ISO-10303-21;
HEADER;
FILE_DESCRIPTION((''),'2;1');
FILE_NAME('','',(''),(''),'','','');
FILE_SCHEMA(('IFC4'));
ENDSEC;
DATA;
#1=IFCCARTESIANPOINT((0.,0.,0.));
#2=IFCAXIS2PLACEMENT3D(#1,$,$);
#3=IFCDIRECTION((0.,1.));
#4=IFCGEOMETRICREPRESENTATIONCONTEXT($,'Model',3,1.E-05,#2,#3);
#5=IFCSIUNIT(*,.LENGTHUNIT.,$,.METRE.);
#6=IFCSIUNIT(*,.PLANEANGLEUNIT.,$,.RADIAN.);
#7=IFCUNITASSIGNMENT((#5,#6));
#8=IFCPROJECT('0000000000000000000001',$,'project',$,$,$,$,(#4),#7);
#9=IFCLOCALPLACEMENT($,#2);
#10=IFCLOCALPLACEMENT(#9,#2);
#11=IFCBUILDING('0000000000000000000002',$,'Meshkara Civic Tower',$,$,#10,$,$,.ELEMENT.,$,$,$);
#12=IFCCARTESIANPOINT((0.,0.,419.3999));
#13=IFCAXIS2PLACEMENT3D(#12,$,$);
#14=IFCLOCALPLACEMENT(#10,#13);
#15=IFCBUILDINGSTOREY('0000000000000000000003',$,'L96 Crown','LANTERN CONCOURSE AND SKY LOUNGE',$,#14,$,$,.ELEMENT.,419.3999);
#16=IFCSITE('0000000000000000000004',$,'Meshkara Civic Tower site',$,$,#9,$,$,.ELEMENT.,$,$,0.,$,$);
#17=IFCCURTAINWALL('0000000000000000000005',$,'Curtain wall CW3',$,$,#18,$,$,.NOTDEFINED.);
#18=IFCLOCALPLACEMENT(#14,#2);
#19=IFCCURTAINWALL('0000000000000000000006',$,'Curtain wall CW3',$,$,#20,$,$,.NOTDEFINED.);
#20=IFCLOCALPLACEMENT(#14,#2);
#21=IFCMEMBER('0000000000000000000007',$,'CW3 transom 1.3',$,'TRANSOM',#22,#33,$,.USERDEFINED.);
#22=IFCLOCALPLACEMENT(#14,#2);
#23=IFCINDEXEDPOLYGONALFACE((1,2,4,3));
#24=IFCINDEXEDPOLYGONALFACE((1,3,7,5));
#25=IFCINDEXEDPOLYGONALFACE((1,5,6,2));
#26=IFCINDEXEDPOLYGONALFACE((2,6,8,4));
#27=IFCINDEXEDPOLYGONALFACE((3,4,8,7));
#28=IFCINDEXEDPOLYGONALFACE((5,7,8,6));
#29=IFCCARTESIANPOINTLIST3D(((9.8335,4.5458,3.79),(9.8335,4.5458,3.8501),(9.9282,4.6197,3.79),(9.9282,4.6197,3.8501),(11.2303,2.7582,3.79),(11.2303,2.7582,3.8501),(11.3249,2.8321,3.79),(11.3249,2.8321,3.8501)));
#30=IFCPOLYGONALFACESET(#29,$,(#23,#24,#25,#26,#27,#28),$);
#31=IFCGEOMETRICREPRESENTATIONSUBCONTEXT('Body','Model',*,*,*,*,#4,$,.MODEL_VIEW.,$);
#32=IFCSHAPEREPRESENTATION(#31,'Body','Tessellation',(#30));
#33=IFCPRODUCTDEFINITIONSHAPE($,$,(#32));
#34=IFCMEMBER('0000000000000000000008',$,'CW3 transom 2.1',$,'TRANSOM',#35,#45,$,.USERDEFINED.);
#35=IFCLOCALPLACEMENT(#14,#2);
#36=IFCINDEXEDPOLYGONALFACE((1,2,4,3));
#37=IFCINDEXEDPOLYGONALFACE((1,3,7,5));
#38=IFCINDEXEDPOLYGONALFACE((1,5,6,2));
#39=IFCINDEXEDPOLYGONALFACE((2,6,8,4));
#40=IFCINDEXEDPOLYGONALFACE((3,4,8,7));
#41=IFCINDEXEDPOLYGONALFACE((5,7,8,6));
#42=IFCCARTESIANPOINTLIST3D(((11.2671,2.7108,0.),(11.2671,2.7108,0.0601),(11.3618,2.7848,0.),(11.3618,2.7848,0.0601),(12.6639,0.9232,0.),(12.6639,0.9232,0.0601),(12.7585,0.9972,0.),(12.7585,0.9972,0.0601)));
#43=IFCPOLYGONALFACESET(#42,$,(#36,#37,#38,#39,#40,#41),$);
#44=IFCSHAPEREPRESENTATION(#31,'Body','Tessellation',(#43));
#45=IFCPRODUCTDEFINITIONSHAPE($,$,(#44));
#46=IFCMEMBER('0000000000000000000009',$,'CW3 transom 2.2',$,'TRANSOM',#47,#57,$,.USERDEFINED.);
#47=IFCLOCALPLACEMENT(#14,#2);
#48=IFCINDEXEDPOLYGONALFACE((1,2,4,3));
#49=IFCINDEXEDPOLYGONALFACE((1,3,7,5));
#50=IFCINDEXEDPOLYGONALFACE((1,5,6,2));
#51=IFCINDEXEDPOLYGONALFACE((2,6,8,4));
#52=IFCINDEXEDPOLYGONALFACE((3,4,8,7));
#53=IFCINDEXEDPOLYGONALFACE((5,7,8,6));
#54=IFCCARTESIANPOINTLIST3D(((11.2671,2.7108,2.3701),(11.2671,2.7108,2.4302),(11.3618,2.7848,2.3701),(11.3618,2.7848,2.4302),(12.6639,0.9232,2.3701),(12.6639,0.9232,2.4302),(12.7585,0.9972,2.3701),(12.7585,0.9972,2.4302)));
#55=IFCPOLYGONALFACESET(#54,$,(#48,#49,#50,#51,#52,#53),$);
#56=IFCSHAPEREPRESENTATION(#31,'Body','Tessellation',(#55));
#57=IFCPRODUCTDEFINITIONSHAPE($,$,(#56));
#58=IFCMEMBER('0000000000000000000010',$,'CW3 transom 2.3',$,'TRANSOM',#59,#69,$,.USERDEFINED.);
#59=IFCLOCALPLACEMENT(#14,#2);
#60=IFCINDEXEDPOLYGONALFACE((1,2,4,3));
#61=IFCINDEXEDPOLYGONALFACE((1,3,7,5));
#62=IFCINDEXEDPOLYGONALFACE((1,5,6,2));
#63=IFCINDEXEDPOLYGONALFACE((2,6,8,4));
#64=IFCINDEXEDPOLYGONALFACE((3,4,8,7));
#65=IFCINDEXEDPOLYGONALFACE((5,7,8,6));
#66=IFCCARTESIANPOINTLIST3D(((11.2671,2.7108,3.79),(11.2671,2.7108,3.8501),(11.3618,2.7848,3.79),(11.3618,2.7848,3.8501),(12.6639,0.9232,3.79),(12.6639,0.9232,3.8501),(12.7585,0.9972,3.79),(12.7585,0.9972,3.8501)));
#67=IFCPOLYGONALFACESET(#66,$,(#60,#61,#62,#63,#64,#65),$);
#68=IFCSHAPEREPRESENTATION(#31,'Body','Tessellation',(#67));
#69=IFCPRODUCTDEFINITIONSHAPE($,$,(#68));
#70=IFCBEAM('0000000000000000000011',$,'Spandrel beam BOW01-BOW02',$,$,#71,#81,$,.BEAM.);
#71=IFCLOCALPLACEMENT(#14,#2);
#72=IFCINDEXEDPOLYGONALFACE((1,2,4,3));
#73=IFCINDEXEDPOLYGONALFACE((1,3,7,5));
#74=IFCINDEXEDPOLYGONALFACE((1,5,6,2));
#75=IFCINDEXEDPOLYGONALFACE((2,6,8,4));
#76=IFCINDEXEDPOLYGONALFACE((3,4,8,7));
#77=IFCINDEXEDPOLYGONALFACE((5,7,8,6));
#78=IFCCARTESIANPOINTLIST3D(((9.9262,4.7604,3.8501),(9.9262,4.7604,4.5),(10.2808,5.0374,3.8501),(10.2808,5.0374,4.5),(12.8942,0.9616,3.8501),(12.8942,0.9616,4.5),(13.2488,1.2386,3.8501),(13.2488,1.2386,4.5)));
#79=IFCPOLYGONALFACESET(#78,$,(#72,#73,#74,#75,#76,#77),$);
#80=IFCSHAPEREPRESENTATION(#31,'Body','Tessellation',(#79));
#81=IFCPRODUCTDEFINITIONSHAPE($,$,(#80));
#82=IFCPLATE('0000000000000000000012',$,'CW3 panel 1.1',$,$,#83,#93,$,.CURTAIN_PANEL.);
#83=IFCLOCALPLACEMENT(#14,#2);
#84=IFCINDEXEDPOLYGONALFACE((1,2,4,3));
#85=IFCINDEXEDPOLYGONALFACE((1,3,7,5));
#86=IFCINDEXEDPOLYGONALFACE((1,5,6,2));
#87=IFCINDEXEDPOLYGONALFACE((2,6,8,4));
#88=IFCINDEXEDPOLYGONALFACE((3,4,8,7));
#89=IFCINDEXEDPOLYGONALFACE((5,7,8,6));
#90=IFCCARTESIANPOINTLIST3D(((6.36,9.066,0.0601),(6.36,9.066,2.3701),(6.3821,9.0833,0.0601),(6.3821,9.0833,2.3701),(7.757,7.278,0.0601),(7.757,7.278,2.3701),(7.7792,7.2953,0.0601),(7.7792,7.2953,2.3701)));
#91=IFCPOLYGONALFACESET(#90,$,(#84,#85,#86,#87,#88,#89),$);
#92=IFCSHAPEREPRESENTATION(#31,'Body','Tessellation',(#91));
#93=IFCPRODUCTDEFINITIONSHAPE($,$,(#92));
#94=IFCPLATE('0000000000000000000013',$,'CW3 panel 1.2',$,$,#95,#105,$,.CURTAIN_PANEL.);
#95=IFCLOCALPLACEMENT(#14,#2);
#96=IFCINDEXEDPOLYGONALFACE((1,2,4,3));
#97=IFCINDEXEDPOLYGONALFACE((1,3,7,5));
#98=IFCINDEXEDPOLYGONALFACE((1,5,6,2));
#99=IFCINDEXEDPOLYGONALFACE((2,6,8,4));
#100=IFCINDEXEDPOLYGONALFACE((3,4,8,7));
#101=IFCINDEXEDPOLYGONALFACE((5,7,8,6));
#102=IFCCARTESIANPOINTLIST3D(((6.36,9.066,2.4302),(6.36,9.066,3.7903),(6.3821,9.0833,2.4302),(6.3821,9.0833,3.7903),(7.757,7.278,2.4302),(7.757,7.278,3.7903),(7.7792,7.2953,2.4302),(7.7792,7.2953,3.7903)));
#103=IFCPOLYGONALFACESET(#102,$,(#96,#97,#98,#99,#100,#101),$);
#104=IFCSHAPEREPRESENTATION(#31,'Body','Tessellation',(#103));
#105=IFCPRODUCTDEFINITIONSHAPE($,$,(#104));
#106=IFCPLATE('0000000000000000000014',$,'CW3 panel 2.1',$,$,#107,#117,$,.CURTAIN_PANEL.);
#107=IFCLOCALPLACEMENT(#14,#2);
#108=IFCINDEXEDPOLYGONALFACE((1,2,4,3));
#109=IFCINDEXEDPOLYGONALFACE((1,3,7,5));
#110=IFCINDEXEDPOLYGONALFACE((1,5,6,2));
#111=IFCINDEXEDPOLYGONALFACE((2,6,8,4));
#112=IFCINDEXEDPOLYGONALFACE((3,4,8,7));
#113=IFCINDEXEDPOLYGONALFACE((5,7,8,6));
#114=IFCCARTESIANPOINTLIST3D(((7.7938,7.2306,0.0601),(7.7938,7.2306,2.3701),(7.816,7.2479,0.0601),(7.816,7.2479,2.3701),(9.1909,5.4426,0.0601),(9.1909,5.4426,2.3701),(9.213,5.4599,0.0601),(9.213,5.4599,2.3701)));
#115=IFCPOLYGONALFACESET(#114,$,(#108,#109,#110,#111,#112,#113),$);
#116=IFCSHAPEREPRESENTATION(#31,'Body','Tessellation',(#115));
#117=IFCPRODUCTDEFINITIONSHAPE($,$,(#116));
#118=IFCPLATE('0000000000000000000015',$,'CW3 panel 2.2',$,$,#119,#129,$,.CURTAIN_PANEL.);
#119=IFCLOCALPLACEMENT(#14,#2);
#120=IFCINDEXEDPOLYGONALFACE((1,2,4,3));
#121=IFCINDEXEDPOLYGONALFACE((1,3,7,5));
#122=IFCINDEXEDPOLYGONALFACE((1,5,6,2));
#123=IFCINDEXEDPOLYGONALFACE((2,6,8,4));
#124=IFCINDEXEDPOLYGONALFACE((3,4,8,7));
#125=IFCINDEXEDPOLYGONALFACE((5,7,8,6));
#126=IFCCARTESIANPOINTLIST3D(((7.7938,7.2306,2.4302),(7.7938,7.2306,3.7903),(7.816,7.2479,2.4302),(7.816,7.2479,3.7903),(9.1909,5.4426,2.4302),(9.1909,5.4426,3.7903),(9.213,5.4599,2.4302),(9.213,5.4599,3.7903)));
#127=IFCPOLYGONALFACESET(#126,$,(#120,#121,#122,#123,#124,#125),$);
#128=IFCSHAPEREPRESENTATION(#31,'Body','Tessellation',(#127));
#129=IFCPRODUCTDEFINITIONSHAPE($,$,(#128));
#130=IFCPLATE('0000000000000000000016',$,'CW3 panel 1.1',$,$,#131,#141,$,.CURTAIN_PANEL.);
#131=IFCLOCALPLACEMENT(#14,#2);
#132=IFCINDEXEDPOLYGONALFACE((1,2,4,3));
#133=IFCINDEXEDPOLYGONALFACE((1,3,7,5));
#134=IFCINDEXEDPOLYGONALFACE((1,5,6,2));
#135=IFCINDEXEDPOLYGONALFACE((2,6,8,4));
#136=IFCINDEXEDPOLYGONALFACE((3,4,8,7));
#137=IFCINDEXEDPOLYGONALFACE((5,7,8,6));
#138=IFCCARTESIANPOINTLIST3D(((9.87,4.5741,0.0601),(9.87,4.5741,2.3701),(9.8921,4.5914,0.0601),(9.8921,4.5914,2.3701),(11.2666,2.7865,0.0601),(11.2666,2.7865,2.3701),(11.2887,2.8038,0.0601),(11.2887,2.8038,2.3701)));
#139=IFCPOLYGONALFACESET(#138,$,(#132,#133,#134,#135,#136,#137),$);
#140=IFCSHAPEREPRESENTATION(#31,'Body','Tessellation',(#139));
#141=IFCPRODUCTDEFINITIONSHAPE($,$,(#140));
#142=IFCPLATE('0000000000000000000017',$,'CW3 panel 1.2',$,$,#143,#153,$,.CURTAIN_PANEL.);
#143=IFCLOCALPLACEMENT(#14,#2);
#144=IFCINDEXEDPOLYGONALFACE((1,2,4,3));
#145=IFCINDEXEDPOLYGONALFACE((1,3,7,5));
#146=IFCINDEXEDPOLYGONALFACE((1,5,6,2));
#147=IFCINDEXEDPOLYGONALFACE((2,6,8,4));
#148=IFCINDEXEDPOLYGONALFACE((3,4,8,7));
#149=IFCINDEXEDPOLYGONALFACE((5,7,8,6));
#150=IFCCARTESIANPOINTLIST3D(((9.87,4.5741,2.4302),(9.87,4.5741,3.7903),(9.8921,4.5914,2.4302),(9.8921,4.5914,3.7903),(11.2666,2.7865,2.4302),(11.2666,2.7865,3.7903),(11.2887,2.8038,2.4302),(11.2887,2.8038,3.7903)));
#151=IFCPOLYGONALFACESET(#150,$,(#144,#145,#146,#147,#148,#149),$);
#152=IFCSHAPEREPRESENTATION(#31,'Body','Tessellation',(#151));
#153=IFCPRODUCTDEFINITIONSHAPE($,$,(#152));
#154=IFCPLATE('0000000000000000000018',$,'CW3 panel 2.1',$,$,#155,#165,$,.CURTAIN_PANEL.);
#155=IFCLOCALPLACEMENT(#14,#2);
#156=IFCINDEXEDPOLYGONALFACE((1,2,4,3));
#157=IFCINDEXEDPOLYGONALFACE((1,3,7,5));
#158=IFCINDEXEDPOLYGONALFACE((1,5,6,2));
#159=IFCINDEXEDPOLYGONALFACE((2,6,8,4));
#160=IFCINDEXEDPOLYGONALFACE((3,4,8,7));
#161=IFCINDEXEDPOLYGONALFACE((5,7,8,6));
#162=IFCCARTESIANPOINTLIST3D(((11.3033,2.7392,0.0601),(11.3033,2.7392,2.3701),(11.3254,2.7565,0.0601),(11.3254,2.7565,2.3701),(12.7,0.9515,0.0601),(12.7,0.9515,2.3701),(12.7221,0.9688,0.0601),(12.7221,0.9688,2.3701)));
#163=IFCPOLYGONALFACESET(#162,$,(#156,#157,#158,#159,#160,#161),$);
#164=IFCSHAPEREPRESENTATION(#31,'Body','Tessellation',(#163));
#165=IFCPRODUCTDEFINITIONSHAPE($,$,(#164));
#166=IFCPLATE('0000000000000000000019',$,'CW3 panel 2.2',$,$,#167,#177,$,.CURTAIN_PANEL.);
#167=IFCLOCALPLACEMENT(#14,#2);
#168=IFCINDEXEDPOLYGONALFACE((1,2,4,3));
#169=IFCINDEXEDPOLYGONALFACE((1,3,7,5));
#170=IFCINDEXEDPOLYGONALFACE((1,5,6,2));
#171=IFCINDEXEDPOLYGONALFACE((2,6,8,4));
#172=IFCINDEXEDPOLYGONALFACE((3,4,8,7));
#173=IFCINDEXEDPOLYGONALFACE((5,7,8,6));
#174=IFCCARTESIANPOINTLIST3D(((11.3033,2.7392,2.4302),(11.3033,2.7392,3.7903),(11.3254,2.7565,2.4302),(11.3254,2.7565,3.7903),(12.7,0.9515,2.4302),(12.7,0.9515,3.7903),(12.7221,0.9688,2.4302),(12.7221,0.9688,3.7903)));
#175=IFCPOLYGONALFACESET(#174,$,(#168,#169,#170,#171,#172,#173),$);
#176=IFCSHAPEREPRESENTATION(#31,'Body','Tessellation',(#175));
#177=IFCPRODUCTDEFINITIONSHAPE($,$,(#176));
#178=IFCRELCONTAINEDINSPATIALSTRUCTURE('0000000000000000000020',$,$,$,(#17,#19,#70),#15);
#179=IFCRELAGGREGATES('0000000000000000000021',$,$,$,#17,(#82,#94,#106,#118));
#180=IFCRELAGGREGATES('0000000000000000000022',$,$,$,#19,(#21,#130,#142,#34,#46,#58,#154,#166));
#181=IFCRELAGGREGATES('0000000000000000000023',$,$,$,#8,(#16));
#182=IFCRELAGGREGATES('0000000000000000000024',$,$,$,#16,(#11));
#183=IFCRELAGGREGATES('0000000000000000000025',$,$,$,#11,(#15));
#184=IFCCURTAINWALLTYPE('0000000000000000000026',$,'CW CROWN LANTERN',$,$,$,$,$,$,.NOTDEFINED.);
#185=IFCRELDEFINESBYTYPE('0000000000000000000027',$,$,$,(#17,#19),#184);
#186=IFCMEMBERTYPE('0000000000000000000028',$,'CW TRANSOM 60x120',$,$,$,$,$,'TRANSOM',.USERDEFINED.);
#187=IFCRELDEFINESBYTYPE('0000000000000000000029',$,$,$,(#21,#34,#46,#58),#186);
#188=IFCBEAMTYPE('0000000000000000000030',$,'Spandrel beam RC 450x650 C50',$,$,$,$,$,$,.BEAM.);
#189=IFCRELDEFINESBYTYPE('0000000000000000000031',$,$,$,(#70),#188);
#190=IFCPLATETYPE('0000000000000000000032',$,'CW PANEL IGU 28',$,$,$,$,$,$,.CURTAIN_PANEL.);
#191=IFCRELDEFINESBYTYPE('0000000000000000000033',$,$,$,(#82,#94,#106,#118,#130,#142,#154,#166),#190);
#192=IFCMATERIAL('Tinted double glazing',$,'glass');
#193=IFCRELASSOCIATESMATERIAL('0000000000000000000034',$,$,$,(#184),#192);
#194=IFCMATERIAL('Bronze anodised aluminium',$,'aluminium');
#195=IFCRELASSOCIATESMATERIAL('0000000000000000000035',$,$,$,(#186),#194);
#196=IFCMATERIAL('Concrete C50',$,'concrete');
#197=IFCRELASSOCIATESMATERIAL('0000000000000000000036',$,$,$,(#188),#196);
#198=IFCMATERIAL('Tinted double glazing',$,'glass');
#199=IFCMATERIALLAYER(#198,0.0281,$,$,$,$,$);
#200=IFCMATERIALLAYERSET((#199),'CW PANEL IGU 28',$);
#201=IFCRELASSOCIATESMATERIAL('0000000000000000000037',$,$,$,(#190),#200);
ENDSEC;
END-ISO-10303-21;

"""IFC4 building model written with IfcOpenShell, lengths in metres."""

from ifc_helpers import new_model, si_unit, direction, frame, origin, origin_2d, place, context, subcontext, project, spatial, rectangle, extrude, material, layer, layer_set, material_profile, profile_set, type_object, element, aggregate, save


model = new_model("IFC4")

# Units and contexts
model_context = context("Model", 3, precision=1e-05, world=origin(), true_north=direction((0.0, 1.0)))
body_context = subcontext(model_context, "Body", "Model", "MODEL_VIEW")
ifc_project = project(units=[si_unit("LENGTHUNIT", "METRE"), si_unit("PLANEANGLEUNIT", "RADIAN")], contexts=[model_context])

# Site, building, storey
site_placement = place(None, origin())
site = spatial("IfcSite", under=ifc_project, at=site_placement, Name="Meshkara Civic Tower site", CompositionType="ELEMENT", RefElevation=0.0)
building_placement = place(site_placement, origin())
building = spatial("IfcBuilding", under=site, at=building_placement, Name="Meshkara Civic Tower", CompositionType="ELEMENT")
storey_placement = place(building_placement, frame((0.0, 0.0, 419.3999)))
storey = spatial("IfcBuildingStorey", under=building, at=storey_placement, Name="L96 Crown", Description="LANTERN CONCOURSE AND SKY LOUNGE", CompositionType="ELEMENT", Elevation=419.3999)

# Curtain walls
ifc_material_1 = material(Name="Tinted double glazing", Category="glass")
curtain_wall_type = type_object("IfcCurtainWallType", Name="CW CROWN LANTERN", PredefinedType="NOTDEFINED", material=ifc_material_1)
curtain_wall_1_placement = place(storey_placement, origin())
curtain_wall_1 = element("IfcCurtainWall", 1, at=curtain_wall_1_placement, inside=storey, type_object=curtain_wall_type, Name="Curtain wall CW3", PredefinedType="NOTDEFINED")
curtain_wall_2_placement = place(storey_placement, origin())
curtain_wall_2 = element("IfcCurtainWall", 2, at=curtain_wall_2_placement, inside=storey, type_object=curtain_wall_type, Name="Curtain wall CW3", PredefinedType="NOTDEFINED")

# Members
ifc_material_2 = material(Name="Bronze anodised aluminium", Category="aluminium")
ifc_material_profile_1 = material_profile(ifc_material_2, rectangle(XDim=0.1201, YDim=0.0601, at=origin_2d()))
ifc_profile_set_1 = profile_set([ifc_material_profile_1], Name="Bronze anodised aluminium")
member_type_1 = type_object("IfcMemberType", Name="CW TRANSOM 60x120", ElementType="TRANSOM", PredefinedType="USERDEFINED", material=ifc_profile_set_1)
member_1_placement = place(storey_placement, frame((9.8809, 4.5828, 3.8201), z_axis=(0.61569, -0.787988, 0.0), x_axis=(0.787988, 0.61569, 0.0)))
member_1 = element("IfcMember", 3, at=member_1_placement, type_object=member_type_1, Name="CW3 transom 1.3", ObjectType="TRANSOM", PredefinedType="USERDEFINED", context=body_context, shape_type="SweptSolid", body=[
    extrude(rectangle(XDim=0.1201, YDim=0.0601, at=origin_2d()), origin(), (0.0, 0.0, 1.0), 2.2686),
])
member_2_placement = place(storey_placement, frame((11.3145, 2.7478, 0.03), z_axis=(0.61569, -0.787988, 0.0), x_axis=(0.787988, 0.61569, 0.0)))
member_2 = element("IfcMember", 4, at=member_2_placement, type_object=member_type_1, Name="CW3 transom 2.1", ObjectType="TRANSOM", PredefinedType="USERDEFINED", context=body_context, shape_type="SweptSolid", body=[
    extrude(rectangle(XDim=0.1201, YDim=0.0601, at=origin_2d()), origin(), (0.0, 0.0, 1.0), 2.2686),
])
member_3_placement = place(storey_placement, frame((11.3145, 2.7478, 2.4001), z_axis=(0.61569, -0.787988, 0.0), x_axis=(0.787988, 0.61569, 0.0)))
member_3 = element("IfcMember", 5, at=member_3_placement, type_object=member_type_1, Name="CW3 transom 2.2", ObjectType="TRANSOM", PredefinedType="USERDEFINED", context=body_context, shape_type="SweptSolid", body=[
    extrude(rectangle(XDim=0.1201, YDim=0.0601, at=origin_2d()), origin(), (0.0, 0.0, 1.0), 2.2686),
])
member_4_placement = place(storey_placement, frame((11.3145, 2.7478, 3.8201), z_axis=(0.61569, -0.787988, 0.0), x_axis=(0.787988, 0.61569, 0.0)))
member_4 = element("IfcMember", 6, at=member_4_placement, type_object=member_type_1, Name="CW3 transom 2.3", ObjectType="TRANSOM", PredefinedType="USERDEFINED", context=body_context, shape_type="SweptSolid", body=[
    extrude(rectangle(XDim=0.1201, YDim=0.0601, at=origin_2d()), origin(), (0.0, 0.0, 1.0), 2.2686),
])

# Beam
ifc_material_3 = material(Name="Concrete C50", Category="concrete")
ifc_material_profile_2 = material_profile(ifc_material_3, rectangle(XDim=0.45, YDim=0.6499, at=origin_2d()))
ifc_profile_set_2 = profile_set([ifc_material_profile_2], Name="Concrete C50")
beam_type = type_object("IfcBeamType", Name="Spandrel beam RC 450x650 C50", PredefinedType="BEAM", material=ifc_profile_set_2)
beam_placement = place(storey_placement, frame((10.1035, 4.8989, 4.175), z_axis=(0.615668, -0.788006, 0.0), x_axis=(0.788006, 0.615668, 0.0)))
element("IfcBeam", 7, at=beam_placement, inside=storey, type_object=beam_type, Name="Spandrel beam BOW01-BOW02", PredefinedType="BEAM", context=body_context, shape_type="SweptSolid", body=[
    extrude(rectangle(XDim=0.45, YDim=0.6499, at=origin_2d()), origin(), (0.0, 0.0, 1.0), 4.8208),
])

# Plates
ifc_material_4 = material(Name="Tinted double glazing", Category="glass")
ifc_layer_1 = layer(ifc_material_4, 0.0281)
ifc_layer_set_1 = layer_set([ifc_layer_1], Name="CW PANEL IGU 28")
plate_type = type_object("IfcPlateType", Name="CW PANEL IGU 28", PredefinedType="CURTAIN_PANEL", material=ifc_layer_set_1)
plate_1_placement = place(storey_placement, frame((7.0696, 8.1807, 0.0601), z_axis=(0.0, 0.0, 1.0), x_axis=(0.615685, -0.787992, 0.0)))
plate_1 = element("IfcPlate", 8, at=plate_1_placement, type_object=plate_type, Name="CW3 panel 1.1", PredefinedType="CURTAIN_PANEL", context=body_context, shape_type="SweptSolid", body=[
    extrude(rectangle(XDim=2.269, YDim=0.0281, at=origin_2d()), origin(), (0.0, 0.0, 1.0), 2.3101),
])
plate_2_placement = place(storey_placement, frame((7.0696, 8.1807, 2.4302), z_axis=(0.0, 0.0, 1.0), x_axis=(0.615685, -0.787992, 0.0)))
plate_2 = element("IfcPlate", 9, at=plate_2_placement, type_object=plate_type, Name="CW3 panel 1.2", PredefinedType="CURTAIN_PANEL", context=body_context, shape_type="SweptSolid", body=[
    extrude(rectangle(XDim=2.269, YDim=0.0281, at=origin_2d()), origin(), (0.0, 0.0, 1.0), 1.3601),
])
plate_3_placement = place(storey_placement, frame((8.5034, 6.3452, 0.0601), z_axis=(0.0, 0.0, 1.0), x_axis=(0.615685, -0.787992, 0.0)))
plate_3 = element("IfcPlate", 10, at=plate_3_placement, type_object=plate_type, Name="CW3 panel 2.1", PredefinedType="CURTAIN_PANEL", context=body_context, shape_type="SweptSolid", body=[
    extrude(rectangle(XDim=2.269, YDim=0.0281, at=origin_2d()), origin(), (0.0, 0.0, 1.0), 2.3101),
])
plate_4_placement = place(storey_placement, frame((8.5034, 6.3452, 2.4302), z_axis=(0.0, 0.0, 1.0), x_axis=(0.615685, -0.787992, 0.0)))
plate_4 = element("IfcPlate", 11, at=plate_4_placement, type_object=plate_type, Name="CW3 panel 2.2", PredefinedType="CURTAIN_PANEL", context=body_context, shape_type="SweptSolid", body=[
    extrude(rectangle(XDim=2.269, YDim=0.0281, at=origin_2d()), origin(), (0.0, 0.0, 1.0), 1.3601),
])
aggregate(curtain_wall_1, [plate_1, plate_2, plate_3, plate_4])
plate_5_placement = place(storey_placement, frame((10.5793, 3.689, 0.0601), z_axis=(0.0, 0.0, 1.0), x_axis=(0.615656, -0.788015, 0.0)))
plate_5 = element("IfcPlate", 12, at=plate_5_placement, type_object=plate_type, Name="CW3 panel 1.1", PredefinedType="CURTAIN_PANEL", context=body_context, shape_type="SweptSolid", body=[
    extrude(rectangle(XDim=2.2686, YDim=0.0281, at=origin_2d()), origin(), (0.0, 0.0, 1.0), 2.3101),
])
plate_6_placement = place(storey_placement, frame((10.5793, 3.689, 2.4302), z_axis=(0.0, 0.0, 1.0), x_axis=(0.615656, -0.788015, 0.0)))
plate_6 = element("IfcPlate", 13, at=plate_6_placement, type_object=plate_type, Name="CW3 panel 1.2", PredefinedType="CURTAIN_PANEL", context=body_context, shape_type="SweptSolid", body=[
    extrude(rectangle(XDim=2.2686, YDim=0.0281, at=origin_2d()), origin(), (0.0, 0.0, 1.0), 1.3601),
])
plate_7_placement = place(storey_placement, frame((12.0127, 1.854, 0.0601), z_axis=(0.0, 0.0, 1.0), x_axis=(0.615656, -0.788015, 0.0)))
plate_7 = element("IfcPlate", 14, at=plate_7_placement, type_object=plate_type, Name="CW3 panel 2.1", PredefinedType="CURTAIN_PANEL", context=body_context, shape_type="SweptSolid", body=[
    extrude(rectangle(XDim=2.2686, YDim=0.0281, at=origin_2d()), origin(), (0.0, 0.0, 1.0), 2.3101),
])
plate_8_placement = place(storey_placement, frame((12.0127, 1.854, 2.4302), z_axis=(0.0, 0.0, 1.0), x_axis=(0.615656, -0.788015, 0.0)))
plate_8 = element("IfcPlate", 15, at=plate_8_placement, type_object=plate_type, Name="CW3 panel 2.2", PredefinedType="CURTAIN_PANEL", context=body_context, shape_type="SweptSolid", body=[
    extrude(rectangle(XDim=2.2686, YDim=0.0281, at=origin_2d()), origin(), (0.0, 0.0, 1.0), 1.3601),
])
aggregate(curtain_wall_2, [member_1, plate_5, plate_6, member_2, member_3, member_4, plate_7, plate_8])

save(model, "model.ifc")
